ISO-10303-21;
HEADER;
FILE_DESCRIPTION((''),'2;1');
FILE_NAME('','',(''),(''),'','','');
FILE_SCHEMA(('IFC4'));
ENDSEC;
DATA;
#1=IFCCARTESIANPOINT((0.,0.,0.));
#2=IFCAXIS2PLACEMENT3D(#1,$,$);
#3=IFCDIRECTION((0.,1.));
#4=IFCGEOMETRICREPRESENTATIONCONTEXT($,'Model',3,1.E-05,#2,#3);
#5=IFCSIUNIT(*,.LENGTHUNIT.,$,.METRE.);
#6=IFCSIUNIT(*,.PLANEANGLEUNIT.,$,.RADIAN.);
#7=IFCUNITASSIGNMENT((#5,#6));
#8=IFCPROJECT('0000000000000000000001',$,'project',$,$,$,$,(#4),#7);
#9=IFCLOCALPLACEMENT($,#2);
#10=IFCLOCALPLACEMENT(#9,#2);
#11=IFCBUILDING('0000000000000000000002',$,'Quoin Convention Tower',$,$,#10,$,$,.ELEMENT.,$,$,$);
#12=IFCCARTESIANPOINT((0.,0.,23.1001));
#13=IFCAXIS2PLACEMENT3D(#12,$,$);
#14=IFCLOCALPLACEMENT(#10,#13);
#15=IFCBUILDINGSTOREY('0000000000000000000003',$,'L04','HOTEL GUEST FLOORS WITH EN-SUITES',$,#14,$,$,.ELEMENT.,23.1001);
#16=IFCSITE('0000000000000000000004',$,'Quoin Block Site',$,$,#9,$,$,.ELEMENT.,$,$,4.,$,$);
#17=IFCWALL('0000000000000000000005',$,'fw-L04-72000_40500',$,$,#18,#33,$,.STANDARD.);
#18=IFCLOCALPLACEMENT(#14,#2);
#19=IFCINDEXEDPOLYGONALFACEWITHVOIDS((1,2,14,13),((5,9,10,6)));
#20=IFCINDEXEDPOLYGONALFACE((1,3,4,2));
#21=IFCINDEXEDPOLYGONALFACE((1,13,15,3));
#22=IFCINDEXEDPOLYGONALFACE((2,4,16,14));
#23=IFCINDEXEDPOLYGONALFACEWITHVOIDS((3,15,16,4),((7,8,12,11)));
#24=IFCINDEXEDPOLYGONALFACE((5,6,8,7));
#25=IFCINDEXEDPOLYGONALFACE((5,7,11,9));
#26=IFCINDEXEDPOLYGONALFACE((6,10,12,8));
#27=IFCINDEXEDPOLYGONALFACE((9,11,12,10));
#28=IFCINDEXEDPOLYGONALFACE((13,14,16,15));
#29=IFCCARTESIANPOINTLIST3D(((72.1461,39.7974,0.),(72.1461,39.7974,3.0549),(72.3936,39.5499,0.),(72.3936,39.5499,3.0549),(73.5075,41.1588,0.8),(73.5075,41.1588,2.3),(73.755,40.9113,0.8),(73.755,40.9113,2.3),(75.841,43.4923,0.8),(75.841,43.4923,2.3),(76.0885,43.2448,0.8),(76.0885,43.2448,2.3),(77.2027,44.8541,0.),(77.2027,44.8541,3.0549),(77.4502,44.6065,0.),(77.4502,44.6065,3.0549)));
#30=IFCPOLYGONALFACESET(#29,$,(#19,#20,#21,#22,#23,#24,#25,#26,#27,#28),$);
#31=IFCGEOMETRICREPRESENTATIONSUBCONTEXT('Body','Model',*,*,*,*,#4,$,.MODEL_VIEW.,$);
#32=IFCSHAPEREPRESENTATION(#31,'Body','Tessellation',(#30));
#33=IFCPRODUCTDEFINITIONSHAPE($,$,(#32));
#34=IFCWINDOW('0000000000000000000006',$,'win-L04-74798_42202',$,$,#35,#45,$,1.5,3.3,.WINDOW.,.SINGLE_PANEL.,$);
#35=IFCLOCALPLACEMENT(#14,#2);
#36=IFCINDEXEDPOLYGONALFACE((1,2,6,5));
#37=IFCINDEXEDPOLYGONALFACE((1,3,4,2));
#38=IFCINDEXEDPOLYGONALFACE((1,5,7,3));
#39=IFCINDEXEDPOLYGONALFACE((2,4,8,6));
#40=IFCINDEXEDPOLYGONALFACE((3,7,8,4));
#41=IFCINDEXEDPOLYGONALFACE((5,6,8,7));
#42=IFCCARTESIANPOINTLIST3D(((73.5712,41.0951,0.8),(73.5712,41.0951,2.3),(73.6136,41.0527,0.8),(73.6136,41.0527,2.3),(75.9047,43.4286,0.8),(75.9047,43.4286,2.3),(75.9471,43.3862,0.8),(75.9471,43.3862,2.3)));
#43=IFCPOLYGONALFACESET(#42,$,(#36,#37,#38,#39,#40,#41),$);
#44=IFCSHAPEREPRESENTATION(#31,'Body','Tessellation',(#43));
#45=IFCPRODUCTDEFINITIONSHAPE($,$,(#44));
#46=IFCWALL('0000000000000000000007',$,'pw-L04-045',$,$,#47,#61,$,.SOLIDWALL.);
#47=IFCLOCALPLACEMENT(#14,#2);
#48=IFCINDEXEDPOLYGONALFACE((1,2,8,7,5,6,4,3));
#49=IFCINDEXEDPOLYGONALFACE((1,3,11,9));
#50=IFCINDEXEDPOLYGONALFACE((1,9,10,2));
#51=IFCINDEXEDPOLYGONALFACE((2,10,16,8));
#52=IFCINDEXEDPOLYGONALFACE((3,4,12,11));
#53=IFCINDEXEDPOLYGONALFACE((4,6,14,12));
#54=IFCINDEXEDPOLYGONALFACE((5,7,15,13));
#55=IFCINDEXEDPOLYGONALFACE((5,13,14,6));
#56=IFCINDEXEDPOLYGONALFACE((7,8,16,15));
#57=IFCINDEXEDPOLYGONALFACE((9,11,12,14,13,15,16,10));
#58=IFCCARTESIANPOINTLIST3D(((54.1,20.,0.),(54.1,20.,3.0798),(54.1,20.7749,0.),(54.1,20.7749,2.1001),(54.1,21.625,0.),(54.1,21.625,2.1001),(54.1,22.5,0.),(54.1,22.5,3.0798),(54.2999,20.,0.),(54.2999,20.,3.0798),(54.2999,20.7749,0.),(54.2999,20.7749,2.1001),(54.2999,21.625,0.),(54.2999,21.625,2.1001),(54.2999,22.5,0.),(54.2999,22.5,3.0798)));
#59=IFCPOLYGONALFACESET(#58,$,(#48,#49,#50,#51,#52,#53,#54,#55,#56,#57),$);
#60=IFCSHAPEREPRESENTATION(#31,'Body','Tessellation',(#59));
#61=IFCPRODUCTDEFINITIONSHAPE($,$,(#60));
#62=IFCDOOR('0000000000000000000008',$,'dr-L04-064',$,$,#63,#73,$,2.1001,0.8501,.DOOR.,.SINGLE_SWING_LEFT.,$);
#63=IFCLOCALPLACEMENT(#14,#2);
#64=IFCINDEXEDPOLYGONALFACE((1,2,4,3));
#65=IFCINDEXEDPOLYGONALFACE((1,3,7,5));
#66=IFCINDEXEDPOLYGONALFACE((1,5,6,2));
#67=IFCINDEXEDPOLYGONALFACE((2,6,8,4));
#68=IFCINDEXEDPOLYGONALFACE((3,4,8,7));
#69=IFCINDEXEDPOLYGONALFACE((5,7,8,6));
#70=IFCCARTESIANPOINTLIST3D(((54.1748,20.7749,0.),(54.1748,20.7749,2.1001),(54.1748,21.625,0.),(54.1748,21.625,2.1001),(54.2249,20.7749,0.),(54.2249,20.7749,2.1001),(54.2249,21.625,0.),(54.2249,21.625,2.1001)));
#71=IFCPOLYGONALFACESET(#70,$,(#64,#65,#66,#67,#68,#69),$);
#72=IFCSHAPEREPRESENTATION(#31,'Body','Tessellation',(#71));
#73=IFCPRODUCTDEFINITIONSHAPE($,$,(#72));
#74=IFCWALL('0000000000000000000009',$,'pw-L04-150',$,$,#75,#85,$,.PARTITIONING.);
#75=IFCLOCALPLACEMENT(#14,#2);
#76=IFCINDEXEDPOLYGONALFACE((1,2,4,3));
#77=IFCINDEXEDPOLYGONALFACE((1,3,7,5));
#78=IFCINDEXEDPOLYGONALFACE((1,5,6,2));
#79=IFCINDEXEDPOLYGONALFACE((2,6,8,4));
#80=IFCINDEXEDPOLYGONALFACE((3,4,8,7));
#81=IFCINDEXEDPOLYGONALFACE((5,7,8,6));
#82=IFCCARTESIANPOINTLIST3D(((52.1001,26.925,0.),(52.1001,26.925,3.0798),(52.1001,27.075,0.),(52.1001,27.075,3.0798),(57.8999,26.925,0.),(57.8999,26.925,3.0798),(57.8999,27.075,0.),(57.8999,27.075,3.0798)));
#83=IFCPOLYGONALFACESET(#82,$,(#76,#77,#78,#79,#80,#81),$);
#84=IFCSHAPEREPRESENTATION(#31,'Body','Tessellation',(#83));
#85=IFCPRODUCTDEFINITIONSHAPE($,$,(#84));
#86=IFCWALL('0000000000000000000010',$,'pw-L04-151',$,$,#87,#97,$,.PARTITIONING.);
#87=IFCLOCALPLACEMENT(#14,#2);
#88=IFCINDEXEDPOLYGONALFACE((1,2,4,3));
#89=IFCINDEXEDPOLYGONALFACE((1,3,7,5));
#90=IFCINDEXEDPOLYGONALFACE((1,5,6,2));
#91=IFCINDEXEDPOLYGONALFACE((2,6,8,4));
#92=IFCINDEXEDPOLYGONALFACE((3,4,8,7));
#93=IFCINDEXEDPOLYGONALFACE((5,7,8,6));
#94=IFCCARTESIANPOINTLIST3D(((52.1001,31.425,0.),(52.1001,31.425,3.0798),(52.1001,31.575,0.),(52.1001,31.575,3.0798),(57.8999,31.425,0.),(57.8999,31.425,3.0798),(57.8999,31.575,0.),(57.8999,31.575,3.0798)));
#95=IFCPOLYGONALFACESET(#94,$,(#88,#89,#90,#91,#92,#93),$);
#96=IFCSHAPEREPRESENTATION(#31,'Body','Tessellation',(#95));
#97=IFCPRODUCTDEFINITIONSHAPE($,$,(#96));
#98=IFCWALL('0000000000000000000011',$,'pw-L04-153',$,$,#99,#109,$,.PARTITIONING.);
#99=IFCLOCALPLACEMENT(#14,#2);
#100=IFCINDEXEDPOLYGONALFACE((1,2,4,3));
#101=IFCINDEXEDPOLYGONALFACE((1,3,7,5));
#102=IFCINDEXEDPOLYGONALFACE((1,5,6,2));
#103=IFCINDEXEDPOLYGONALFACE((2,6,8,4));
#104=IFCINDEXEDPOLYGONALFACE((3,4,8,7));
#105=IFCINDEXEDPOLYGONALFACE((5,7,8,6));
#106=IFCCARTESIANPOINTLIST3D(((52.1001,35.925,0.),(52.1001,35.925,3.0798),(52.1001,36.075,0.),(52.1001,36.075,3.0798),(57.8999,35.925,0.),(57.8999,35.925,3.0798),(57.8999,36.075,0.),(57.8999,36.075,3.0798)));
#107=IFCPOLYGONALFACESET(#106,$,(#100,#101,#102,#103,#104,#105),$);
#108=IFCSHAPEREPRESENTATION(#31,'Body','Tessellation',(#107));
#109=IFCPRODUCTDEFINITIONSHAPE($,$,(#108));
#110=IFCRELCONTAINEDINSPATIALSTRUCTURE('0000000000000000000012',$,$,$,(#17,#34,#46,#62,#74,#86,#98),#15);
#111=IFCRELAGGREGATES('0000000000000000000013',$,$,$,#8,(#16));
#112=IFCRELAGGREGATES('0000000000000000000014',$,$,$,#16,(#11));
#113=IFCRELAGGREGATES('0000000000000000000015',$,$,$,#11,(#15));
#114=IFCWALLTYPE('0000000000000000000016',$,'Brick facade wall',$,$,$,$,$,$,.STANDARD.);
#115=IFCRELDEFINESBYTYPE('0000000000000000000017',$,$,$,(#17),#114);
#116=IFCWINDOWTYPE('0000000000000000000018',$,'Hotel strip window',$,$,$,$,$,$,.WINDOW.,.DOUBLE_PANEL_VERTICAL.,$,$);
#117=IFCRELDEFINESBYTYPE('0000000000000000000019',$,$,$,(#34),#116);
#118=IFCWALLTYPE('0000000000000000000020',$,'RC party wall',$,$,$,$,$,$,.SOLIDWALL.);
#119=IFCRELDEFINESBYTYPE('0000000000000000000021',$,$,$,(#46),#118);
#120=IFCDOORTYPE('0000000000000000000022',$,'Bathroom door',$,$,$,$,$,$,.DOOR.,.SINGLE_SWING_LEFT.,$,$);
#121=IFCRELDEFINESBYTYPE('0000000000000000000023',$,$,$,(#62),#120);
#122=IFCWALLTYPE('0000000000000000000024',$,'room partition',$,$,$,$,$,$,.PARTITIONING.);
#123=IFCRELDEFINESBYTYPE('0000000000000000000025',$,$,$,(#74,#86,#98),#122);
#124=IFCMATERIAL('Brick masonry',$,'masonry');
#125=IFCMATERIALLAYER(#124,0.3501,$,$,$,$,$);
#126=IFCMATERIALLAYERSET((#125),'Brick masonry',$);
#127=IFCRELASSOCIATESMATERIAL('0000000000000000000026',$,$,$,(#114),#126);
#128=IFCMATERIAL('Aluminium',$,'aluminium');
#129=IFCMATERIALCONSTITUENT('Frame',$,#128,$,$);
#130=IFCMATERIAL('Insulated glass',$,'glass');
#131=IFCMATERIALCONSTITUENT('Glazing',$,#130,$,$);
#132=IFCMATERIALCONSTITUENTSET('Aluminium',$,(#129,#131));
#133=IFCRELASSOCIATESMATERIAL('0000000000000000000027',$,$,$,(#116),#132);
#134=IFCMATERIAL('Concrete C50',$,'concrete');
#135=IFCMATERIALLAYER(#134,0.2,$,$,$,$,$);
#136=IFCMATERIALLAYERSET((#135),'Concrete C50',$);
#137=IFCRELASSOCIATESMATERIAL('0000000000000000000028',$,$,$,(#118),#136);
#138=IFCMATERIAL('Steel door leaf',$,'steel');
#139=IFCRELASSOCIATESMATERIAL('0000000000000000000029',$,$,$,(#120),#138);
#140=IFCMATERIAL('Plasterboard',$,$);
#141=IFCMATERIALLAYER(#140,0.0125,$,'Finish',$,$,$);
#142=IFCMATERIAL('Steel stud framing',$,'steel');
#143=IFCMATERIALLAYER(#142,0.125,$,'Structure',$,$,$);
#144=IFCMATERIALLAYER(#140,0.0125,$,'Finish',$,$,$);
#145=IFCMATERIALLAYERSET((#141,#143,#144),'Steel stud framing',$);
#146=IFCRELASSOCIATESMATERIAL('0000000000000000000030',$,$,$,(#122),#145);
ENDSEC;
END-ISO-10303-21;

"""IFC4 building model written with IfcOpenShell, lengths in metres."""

from ifc_helpers import new_model, si_unit, direction, frame, frame_2d, origin, place, context, subcontext, project, spatial, rectangle, extrude, material, layer, layer_set, constituent, constituent_set, type_object, element, fill, save


model = new_model("IFC4")

# Units and contexts
model_context = context("Model", 3, precision=1e-05, world=origin(), true_north=direction((0.0, 1.0)))
body_context = subcontext(model_context, "Body", "Model", "MODEL_VIEW")
ifc_project = project(units=[si_unit("LENGTHUNIT", "METRE"), si_unit("PLANEANGLEUNIT", "RADIAN")], contexts=[model_context])

# Site, building, storey
site_placement = place(None, origin())
site = spatial("IfcSite", under=ifc_project, at=site_placement, Name="Quoin Block Site", CompositionType="ELEMENT", RefElevation=4.0)
building_placement = place(site_placement, origin())
building = spatial("IfcBuilding", under=site, at=building_placement, Name="Quoin Convention Tower", CompositionType="ELEMENT")
storey_placement = place(building_placement, frame((0.0, 0.0, 23.1001)))
storey = spatial("IfcBuildingStorey", under=building, at=storey_placement, Name="L04", Description="HOTEL GUEST FLOORS WITH EN-SUITES", CompositionType="ELEMENT", Elevation=23.1001)

# Shared definitions
ifc_material_1 = material(Name="Brick masonry", Category="masonry")
ifc_layer_1 = layer(ifc_material_1, 0.3501)
ifc_layer_set_1 = layer_set([ifc_layer_1], Name="Brick masonry")
wall_type_1 = type_object("IfcWallType", Name="Brick facade wall", PredefinedType="STANDARD", material=ifc_layer_set_1)
ifc_material_2 = material(Name="Aluminium", Category="aluminium")
ifc_constituent_1 = constituent(ifc_material_2, Name="Frame")
ifc_material_3 = material(Name="Insulated glass", Category="glass")
ifc_constituent_2 = constituent(ifc_material_3, Name="Glazing")
ifc_constituent_set = constituent_set(constituents=[ifc_constituent_1, ifc_constituent_2], Name="Aluminium")
window_type = type_object("IfcWindowType", Name="Hotel strip window", PartitioningType="DOUBLE_PANEL_VERTICAL", PredefinedType="WINDOW", material=ifc_constituent_set)

# Wall, opening, window
wall_1_placement = place(storey_placement, frame((72.2698, 39.6736, 0.0), z_axis=(0.0, 0.0, 1.0), x_axis=(0.707107, 0.707107, 0.0)))
wall_1 = element("IfcWall", 1, at=wall_1_placement, inside=storey, type_object=wall_type_1, Name="fw-L04-72000_40500", PredefinedType="STANDARD", context=body_context, shape_type="SweptSolid", body=[
    extrude(rectangle(XDim=7.1511, YDim=0.3501, at=frame_2d((3.5757, 0.0))), origin(), (0.0, 0.0, 1.0), 3.0549),
])
opening_1_placement = place(wall_1_placement, frame((1.9255, 0.0, 0.8)))
opening_1 = element("IfcOpeningElement", 2, at=opening_1_placement, cuts=wall_1, PredefinedType="OPENING", context=body_context, shape_type="SweptSolid", body=[
    extrude(rectangle(XDim=3.3, YDim=1.5, at=frame_2d((1.6499, 0.75))), frame((0.0, 0.1851, 0.0), z_axis=(0.0, -1.0, 0.0), x_axis=(1.0, 0.0, 0.0)), (0.0, 0.0, 1.0), 0.3701),
])
window_1_placement = place(opening_1_placement, origin())
window_1 = element("IfcWindow", 3, at=window_1_placement, inside=storey, type_object=window_type, Name="win-L04-74798_42202", OverallHeight=1.5, OverallWidth=3.3, PartitioningType="SINGLE_PANEL", PredefinedType="WINDOW", context=body_context, shape_type="SweptSolid", body=[
    extrude(rectangle(XDim=3.3, YDim=1.5, at=frame_2d((1.6499, 0.75))), frame((0.0, 0.085, 0.0), z_axis=(0.0, -1.0, 0.0), x_axis=(1.0, 0.0, 0.0)), (0.0, 0.0, 1.0), 0.0601),
])
fill(opening_1, window_1)

# Wall, opening, door
ifc_material_4 = material(Name="Concrete C50", Category="concrete")
ifc_layer_2 = layer(ifc_material_4, 0.2)
ifc_layer_set_2 = layer_set([ifc_layer_2], Name="Concrete C50")
wall_type_2 = type_object("IfcWallType", Name="RC party wall", PredefinedType="SOLIDWALL", material=ifc_layer_set_2)
wall_2_placement = place(storey_placement, frame((54.2, 20.0, 0.0), z_axis=(0.0, 0.0, 1.0), x_axis=(0.0, 1.0, 0.0)))
wall_2 = element("IfcWall", 4, at=wall_2_placement, inside=storey, type_object=wall_type_2, Name="pw-L04-045", PredefinedType="SOLIDWALL", context=body_context, shape_type="SweptSolid", body=[
    extrude(rectangle(XDim=2.5, YDim=0.2, at=frame_2d((1.25, 0.0))), origin(), (0.0, 0.0, 1.0), 3.0798),
])
opening_2_placement = place(wall_2_placement, frame((0.7749, 0.0, 0.0)))
opening_2 = element("IfcOpeningElement", 5, at=opening_2_placement, cuts=wall_2, PredefinedType="OPENING", context=body_context, shape_type="SweptSolid", body=[
    extrude(rectangle(XDim=0.8501, YDim=2.1001, at=frame_2d((0.425, 1.05))), frame((0.0, 0.1099, 0.0), z_axis=(0.0, -1.0, 0.0), x_axis=(1.0, 0.0, 0.0)), (0.0, 0.0, 1.0), 0.22),
])
ifc_material_5 = material(Name="Steel door leaf", Category="steel")
door_type = type_object("IfcDoorType", Name="Bathroom door", OperationType="SINGLE_SWING_LEFT", PredefinedType="DOOR", material=ifc_material_5)
door_placement = place(opening_2_placement, frame((0.8501, 0.0, 0.0), z_axis=(0.0, 0.0, 1.0), x_axis=(-1.0, 0.0, 0.0)))
door = element("IfcDoor", 6, at=door_placement, inside=storey, type_object=door_type, Name="dr-L04-064", OperationType="SINGLE_SWING_LEFT", OverallHeight=2.1001, OverallWidth=0.8501, PredefinedType="DOOR", context=body_context, shape_type="SweptSolid", body=[
    extrude(rectangle(XDim=0.8501, YDim=2.1001, at=frame_2d((0.425, 1.05))), frame((0.0, 0.0249, 0.0), z_axis=(0.0, -1.0, 0.0), x_axis=(1.0, 0.0, 0.0)), (0.0, 0.0, 1.0), 0.05),
])
fill(opening_2, door)

# Walls
ifc_material_6 = material(Name="Plasterboard")
ifc_layer_3 = layer(ifc_material_6, 0.0125, Name="Finish")
ifc_material_7 = material(Name="Steel stud framing", Category="steel")
ifc_layer_4 = layer(ifc_material_7, 0.125, Name="Structure")
ifc_layer_5 = layer(ifc_material_6, 0.0125, Name="Finish")
ifc_layer_set_3 = layer_set([ifc_layer_3, ifc_layer_4, ifc_layer_5], Name="Steel stud framing")
wall_type_3 = type_object("IfcWallType", Name="room partition", PredefinedType="PARTITIONING", material=ifc_layer_set_3)
for number, where, z_axis, x_axis, name in (
    (7, (52.1001, 27.0, 0.0), (0.0, 0.0, 1.0), (1.0, 0.0, 0.0), "pw-L04-150"),
    (8, (52.1001, 31.5, 0.0), (0.0, 0.0, 1.0), (1.0, 0.0, 0.0), "pw-L04-151"),
    (9, (52.1001, 36.0, 0.0), (0.0, 0.0, 1.0), (1.0, 0.0, 0.0), "pw-L04-153"),
):
    element("IfcWall", number, at=place(storey_placement, frame(where, z_axis=z_axis, x_axis=x_axis)), inside=storey, type_object=wall_type_3, Name=name, PredefinedType="PARTITIONING", context=body_context, shape_type="SweptSolid", body=[
        extrude(rectangle(XDim=5.7998, YDim=0.1499, at=frame_2d((2.8999, 0.0))), origin(), (0.0, 0.0, 1.0), 3.0798),
    ])

save(model, "model.ifc")
